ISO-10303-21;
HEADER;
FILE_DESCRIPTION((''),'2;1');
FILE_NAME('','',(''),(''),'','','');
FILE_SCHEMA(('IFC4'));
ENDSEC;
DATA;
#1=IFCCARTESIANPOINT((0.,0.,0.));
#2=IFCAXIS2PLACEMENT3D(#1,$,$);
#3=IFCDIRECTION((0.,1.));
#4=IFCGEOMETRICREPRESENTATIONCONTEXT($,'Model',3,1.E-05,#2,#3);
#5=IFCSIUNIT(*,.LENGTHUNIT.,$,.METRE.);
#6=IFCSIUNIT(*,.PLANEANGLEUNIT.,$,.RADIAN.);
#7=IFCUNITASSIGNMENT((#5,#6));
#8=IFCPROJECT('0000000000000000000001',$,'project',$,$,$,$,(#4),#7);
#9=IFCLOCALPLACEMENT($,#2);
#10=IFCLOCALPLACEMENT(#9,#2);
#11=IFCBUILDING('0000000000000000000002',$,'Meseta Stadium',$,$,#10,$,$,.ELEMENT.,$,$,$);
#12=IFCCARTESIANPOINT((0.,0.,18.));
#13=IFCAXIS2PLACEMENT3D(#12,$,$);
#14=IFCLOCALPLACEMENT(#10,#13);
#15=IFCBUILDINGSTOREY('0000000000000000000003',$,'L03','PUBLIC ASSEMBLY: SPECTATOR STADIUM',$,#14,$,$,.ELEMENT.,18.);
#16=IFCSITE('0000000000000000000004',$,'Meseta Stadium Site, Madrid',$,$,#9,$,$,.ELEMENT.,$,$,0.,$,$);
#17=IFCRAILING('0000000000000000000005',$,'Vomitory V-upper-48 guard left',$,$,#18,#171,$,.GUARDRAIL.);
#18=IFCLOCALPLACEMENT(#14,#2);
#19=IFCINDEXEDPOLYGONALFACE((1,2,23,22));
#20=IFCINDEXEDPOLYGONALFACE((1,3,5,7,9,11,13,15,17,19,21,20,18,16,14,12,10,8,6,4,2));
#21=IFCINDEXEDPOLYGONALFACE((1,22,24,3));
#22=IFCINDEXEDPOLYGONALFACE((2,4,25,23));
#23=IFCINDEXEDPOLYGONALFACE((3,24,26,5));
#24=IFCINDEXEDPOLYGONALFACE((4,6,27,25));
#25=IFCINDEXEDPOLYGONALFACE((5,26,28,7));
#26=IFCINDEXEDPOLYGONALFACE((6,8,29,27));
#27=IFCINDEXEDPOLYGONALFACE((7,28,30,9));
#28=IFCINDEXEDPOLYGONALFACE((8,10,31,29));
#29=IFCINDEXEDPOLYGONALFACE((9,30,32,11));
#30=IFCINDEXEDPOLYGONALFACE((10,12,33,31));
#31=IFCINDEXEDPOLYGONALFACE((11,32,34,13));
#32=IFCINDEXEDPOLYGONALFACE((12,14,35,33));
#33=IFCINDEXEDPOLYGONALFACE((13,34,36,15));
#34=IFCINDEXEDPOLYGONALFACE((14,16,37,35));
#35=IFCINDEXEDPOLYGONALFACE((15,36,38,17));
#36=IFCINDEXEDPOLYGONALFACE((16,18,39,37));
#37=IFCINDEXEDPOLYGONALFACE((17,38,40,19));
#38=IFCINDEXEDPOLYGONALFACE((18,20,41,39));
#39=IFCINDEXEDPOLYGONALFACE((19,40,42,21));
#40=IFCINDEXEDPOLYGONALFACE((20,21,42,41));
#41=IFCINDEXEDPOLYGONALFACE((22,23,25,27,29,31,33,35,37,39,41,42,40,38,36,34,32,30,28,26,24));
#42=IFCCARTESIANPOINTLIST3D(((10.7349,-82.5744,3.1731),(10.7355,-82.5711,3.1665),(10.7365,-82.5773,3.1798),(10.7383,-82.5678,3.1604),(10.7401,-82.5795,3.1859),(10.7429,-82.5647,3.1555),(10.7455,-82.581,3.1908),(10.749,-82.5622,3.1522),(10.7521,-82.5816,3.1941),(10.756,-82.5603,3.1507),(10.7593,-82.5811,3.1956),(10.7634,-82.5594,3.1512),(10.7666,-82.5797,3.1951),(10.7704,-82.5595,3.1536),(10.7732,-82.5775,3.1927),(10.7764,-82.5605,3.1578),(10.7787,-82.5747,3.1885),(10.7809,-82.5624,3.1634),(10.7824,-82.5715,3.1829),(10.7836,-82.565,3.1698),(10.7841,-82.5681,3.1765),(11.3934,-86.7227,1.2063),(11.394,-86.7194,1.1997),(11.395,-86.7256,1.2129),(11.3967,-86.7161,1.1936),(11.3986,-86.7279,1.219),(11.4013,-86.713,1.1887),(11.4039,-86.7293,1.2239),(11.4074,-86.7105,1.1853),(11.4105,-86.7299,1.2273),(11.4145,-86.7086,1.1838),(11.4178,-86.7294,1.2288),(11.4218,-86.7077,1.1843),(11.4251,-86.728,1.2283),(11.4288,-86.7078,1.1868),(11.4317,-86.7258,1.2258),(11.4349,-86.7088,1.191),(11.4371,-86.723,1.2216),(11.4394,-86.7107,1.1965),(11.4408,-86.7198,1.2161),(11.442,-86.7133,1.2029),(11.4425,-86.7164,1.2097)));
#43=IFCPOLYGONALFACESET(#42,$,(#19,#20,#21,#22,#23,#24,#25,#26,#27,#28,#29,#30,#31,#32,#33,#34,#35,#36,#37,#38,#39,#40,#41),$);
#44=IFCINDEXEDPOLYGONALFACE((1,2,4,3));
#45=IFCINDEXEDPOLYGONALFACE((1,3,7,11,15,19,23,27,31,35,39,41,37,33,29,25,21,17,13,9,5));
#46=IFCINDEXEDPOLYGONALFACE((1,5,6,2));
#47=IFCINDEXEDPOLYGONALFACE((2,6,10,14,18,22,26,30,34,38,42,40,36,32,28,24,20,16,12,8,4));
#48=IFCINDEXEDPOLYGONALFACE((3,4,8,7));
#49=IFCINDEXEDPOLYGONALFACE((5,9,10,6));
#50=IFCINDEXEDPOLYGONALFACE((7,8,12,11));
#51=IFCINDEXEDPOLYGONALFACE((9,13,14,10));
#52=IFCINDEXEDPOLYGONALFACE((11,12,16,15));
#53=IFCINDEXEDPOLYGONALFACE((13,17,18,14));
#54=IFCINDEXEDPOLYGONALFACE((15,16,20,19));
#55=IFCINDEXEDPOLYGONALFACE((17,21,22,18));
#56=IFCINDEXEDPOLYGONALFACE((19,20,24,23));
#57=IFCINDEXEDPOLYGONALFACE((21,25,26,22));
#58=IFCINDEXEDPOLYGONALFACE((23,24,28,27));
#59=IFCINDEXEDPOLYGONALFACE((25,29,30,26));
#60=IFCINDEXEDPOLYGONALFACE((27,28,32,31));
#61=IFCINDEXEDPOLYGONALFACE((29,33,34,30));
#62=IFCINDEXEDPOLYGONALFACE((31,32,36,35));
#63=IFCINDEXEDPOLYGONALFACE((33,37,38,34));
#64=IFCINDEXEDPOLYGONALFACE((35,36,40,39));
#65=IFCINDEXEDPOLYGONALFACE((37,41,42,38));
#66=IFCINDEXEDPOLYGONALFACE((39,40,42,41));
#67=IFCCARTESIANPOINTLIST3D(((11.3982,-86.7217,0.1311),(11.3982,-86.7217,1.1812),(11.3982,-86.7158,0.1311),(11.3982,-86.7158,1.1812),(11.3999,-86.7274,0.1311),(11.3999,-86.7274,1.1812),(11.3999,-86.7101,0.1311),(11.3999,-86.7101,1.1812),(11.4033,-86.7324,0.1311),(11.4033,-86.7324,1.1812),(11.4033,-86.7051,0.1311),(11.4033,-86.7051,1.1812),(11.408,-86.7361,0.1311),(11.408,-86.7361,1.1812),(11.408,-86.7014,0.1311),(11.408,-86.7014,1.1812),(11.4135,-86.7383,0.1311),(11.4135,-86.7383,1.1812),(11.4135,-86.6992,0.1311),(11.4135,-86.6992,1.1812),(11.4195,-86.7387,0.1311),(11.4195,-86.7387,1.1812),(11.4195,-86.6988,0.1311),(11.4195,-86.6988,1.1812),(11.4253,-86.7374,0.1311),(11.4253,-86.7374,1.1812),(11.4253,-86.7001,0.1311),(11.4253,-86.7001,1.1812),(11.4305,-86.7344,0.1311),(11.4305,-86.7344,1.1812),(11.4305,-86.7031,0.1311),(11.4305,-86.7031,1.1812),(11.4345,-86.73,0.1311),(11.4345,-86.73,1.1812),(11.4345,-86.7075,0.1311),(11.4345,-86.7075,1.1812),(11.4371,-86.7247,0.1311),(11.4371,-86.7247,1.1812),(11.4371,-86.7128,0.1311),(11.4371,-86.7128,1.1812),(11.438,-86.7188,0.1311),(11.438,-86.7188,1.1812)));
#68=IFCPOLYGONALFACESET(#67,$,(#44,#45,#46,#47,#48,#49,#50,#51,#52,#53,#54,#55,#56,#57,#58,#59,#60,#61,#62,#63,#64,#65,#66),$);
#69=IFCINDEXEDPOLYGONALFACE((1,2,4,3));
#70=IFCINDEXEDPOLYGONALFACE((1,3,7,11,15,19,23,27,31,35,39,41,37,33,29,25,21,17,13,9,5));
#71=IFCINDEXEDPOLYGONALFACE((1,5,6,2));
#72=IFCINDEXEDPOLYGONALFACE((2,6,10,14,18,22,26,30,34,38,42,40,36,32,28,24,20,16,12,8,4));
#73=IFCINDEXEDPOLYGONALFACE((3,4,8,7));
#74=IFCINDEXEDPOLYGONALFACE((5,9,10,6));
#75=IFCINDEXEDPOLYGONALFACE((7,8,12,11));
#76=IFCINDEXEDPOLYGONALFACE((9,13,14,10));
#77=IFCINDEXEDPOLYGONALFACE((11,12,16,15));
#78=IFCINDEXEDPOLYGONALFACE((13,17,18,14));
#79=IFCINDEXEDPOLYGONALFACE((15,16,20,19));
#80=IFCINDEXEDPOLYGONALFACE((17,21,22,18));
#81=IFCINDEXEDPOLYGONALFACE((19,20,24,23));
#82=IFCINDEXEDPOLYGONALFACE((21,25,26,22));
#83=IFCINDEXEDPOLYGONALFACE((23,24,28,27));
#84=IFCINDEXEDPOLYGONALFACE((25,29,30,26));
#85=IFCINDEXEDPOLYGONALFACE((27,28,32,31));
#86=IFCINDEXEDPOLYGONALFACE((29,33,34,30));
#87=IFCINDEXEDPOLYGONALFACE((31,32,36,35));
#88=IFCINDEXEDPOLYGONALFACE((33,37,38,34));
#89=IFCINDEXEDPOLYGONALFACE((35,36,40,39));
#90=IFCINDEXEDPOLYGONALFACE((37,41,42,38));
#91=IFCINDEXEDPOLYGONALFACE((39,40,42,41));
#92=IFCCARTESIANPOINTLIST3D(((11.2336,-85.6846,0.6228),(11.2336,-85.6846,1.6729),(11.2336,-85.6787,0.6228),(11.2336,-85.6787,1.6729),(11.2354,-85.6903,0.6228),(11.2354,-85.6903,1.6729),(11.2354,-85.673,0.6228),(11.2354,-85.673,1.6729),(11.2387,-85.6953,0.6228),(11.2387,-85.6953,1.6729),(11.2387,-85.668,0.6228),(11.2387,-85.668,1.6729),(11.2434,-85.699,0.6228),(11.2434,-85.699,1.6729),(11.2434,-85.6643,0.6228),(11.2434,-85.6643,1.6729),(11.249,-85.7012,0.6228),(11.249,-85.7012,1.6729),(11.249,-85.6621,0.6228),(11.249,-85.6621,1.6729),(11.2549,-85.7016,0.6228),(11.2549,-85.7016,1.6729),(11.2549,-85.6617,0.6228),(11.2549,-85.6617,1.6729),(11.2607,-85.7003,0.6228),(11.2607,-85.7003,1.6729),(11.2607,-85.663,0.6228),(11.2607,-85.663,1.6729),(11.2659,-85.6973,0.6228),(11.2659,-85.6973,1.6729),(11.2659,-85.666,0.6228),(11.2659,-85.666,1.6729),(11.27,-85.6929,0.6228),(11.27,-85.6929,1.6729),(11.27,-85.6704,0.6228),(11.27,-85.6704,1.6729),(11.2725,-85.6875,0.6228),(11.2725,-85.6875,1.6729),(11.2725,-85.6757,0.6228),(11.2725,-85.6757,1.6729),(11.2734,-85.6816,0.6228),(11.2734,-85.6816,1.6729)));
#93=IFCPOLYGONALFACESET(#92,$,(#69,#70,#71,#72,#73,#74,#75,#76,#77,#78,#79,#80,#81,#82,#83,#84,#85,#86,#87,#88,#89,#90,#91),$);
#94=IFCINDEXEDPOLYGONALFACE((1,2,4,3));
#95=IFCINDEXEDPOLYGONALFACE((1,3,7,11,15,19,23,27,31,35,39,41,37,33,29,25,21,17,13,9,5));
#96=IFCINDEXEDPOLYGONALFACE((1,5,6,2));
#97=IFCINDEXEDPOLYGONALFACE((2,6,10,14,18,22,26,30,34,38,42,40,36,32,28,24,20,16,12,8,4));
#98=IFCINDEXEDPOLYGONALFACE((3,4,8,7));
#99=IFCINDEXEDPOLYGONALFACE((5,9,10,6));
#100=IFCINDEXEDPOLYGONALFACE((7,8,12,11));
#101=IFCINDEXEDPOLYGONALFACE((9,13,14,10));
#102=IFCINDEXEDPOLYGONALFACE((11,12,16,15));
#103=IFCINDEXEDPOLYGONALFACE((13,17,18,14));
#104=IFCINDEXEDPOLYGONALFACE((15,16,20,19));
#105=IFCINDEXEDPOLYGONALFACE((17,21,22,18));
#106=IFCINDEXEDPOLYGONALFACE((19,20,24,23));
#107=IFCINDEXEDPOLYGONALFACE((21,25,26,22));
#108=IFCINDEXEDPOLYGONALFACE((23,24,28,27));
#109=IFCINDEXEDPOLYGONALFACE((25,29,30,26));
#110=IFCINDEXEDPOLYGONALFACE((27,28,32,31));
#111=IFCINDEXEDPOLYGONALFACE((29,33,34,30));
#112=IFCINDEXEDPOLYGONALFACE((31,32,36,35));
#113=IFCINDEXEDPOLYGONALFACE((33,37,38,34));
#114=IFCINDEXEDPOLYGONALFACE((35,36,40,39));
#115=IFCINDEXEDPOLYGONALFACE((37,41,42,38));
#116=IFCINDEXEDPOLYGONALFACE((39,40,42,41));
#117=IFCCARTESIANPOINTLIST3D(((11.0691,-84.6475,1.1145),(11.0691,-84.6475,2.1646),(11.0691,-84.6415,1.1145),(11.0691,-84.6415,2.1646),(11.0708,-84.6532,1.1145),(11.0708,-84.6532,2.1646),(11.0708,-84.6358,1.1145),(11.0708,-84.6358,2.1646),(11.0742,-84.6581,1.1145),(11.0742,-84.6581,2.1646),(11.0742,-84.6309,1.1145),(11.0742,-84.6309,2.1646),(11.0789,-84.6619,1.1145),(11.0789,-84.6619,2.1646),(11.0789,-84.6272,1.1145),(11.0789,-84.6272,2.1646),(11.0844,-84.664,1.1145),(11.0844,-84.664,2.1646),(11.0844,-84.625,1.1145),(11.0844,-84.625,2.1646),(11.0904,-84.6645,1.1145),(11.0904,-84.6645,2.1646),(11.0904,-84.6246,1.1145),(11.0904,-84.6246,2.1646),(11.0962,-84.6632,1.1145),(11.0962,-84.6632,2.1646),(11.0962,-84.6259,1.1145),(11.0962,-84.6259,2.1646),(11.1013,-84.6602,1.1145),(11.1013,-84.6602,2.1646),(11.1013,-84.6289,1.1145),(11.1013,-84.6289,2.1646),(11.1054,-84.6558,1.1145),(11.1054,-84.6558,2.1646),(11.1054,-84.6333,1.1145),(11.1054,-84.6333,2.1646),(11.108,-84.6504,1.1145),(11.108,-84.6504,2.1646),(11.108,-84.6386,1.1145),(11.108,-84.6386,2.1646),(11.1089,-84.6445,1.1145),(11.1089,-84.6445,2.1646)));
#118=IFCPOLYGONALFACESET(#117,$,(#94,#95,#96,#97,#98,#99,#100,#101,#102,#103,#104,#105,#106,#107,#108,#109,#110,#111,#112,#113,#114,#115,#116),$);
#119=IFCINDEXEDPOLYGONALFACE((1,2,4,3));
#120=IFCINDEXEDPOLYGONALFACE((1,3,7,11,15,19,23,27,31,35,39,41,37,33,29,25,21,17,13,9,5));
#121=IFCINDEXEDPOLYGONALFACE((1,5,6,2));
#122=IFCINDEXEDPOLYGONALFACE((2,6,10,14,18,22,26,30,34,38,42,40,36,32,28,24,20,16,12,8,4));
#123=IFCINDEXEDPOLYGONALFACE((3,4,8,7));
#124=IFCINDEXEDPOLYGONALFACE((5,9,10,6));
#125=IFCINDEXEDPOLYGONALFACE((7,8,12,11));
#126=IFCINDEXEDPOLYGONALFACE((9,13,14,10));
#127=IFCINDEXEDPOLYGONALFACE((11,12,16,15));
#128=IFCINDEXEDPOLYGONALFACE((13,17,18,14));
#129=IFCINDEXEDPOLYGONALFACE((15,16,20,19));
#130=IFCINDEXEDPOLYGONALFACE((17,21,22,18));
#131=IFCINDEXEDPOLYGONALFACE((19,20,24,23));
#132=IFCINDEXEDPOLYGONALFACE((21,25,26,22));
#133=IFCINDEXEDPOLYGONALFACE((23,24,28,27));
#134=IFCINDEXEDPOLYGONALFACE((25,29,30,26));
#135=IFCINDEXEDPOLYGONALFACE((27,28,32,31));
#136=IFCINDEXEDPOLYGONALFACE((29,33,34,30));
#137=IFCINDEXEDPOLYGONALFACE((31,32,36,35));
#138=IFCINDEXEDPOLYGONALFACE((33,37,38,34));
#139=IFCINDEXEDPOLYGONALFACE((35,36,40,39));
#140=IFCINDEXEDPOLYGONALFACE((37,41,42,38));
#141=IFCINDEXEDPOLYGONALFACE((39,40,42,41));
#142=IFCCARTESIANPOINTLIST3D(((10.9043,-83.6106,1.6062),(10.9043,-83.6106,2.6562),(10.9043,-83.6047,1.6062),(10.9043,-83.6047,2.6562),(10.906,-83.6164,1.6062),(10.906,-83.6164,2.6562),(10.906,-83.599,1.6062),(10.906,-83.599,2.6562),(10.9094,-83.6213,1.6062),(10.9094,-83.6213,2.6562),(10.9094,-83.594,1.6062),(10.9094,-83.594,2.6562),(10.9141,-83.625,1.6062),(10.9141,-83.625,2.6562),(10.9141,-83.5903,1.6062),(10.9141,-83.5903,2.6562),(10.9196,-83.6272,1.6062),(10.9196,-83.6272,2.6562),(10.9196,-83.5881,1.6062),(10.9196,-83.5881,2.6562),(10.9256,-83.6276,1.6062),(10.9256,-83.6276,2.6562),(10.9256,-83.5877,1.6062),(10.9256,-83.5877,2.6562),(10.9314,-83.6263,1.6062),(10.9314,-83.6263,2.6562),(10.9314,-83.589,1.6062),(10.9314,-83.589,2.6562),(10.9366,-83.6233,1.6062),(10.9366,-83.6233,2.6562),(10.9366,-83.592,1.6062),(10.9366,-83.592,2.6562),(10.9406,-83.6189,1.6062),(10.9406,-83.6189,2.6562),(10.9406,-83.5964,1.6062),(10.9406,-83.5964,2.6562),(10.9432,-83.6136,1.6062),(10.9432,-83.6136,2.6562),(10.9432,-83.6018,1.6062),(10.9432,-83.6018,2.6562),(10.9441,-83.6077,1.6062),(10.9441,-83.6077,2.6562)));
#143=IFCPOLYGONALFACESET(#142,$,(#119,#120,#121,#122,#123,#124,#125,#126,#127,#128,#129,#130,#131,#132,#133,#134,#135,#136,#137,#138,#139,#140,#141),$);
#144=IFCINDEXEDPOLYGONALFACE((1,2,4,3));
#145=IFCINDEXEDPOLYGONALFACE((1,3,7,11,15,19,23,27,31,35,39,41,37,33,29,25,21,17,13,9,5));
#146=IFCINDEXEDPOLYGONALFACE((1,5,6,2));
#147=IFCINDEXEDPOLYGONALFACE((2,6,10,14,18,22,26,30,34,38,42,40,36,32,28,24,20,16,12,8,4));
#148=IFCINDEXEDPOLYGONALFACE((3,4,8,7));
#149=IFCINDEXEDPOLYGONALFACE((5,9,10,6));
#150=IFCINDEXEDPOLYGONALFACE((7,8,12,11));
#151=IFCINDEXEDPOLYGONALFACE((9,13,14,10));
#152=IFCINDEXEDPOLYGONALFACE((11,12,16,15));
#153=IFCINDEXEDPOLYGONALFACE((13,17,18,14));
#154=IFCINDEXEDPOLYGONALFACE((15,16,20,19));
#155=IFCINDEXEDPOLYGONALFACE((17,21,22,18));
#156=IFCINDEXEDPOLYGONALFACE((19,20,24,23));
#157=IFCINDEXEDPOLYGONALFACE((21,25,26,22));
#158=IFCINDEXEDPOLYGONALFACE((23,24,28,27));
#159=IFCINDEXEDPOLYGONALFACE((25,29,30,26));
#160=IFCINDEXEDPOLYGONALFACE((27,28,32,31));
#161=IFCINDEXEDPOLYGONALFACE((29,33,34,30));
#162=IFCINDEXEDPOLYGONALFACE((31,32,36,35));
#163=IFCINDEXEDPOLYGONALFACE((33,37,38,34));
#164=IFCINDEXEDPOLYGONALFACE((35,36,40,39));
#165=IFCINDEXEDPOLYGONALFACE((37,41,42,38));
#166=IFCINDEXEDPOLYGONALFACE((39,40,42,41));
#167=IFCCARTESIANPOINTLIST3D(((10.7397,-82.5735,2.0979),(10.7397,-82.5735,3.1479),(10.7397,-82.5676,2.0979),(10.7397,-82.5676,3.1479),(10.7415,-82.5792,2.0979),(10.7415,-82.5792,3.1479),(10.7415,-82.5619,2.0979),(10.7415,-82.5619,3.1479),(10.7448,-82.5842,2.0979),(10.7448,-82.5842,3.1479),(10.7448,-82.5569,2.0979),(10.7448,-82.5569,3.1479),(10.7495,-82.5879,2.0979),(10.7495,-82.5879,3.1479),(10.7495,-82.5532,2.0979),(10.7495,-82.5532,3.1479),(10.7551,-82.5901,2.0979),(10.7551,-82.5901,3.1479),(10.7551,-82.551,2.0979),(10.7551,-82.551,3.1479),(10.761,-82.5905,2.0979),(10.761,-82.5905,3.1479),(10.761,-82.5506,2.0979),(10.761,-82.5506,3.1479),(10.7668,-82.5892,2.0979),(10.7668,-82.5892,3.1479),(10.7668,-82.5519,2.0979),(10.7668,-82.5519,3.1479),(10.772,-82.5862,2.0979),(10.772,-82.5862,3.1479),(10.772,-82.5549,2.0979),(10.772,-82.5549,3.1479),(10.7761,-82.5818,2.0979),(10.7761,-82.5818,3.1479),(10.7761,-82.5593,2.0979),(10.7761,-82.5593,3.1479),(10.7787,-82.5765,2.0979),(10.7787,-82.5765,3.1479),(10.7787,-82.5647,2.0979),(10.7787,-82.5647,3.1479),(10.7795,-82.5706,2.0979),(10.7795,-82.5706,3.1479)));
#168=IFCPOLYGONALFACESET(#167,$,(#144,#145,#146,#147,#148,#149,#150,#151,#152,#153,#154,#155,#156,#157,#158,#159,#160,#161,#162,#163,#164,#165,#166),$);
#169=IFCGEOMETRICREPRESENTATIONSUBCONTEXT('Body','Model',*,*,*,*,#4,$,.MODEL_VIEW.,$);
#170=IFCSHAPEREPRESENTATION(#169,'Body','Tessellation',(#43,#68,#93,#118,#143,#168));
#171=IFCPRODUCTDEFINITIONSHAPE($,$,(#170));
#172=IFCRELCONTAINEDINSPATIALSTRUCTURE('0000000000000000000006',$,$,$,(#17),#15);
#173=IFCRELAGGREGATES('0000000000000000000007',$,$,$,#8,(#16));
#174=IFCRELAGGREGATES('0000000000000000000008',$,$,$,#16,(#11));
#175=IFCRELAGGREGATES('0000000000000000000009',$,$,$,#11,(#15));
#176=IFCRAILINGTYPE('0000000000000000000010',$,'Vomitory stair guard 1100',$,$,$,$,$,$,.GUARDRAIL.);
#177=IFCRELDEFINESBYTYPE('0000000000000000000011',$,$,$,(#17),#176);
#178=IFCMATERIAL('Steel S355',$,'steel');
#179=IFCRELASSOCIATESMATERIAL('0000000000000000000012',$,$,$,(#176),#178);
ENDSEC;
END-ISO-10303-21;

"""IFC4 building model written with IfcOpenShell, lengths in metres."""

from ifc_helpers import new_model, si_unit, direction, frame, origin, origin_2d, place, context, subcontext, project, spatial, circle, extrude, material, type_object, element, save


model = new_model("IFC4")

# Units and contexts
model_context = context("Model", 3, precision=1e-05, world=origin(), true_north=direction((0.0, 1.0)))
body_context = subcontext(model_context, "Body", "Model", "MODEL_VIEW")
ifc_project = project(units=[si_unit("LENGTHUNIT", "METRE"), si_unit("PLANEANGLEUNIT", "RADIAN")], contexts=[model_context])

# Site, building, storey
site_placement = place(None, origin())
site = spatial("IfcSite", under=ifc_project, at=site_placement, Name="Meseta Stadium Site, Madrid", CompositionType="ELEMENT", RefElevation=0.0)
building_placement = place(site_placement, origin())
building = spatial("IfcBuilding", under=site, at=building_placement, Name="Meseta Stadium", CompositionType="ELEMENT")
storey_placement = place(building_placement, frame((0.0, 0.0, 18.0)))
storey = spatial("IfcBuildingStorey", under=building, at=storey_placement, Name="L03", Description="PUBLIC ASSEMBLY: SPECTATOR STADIUM", CompositionType="ELEMENT", Elevation=18.0)

# Railing
ifc_material_1 = material(Name="Steel S355", Category="steel")
railing_type_1 = type_object("IfcRailingType", Name="Vomitory stair guard 1100", PredefinedType="GUARDRAIL", material=ifc_material_1)
for number, where, name in (
    (1, (11.418, -86.7188, 0.1311), "Vomitory V-upper-48 guard left"),
):
    element("IfcRailing", number, at=place(storey_placement, frame(where)), inside=storey, type_object=railing_type_1, Name=name, PredefinedType="GUARDRAIL", context=body_context, shape_type="SweptSolid", body=[
        extrude(circle(Radius=0.0249, at=origin_2d()), frame((0.0, 0.0, 1.0752), z_axis=(-0.141974, 0.894428, 0.424078), x_axis=(-0.987635, -0.156768, 0.0)), (0.0, 0.0, 1.0), 4.6379),
        extrude(circle(Radius=0.02, at=origin_2d()), origin(), (0.0, 0.0, 1.0), 1.05),
        extrude(circle(Radius=0.02, at=origin_2d()), frame((-0.1646, 1.0371, 0.4917)), (0.0, 0.0, 1.0), 1.05),
        extrude(circle(Radius=0.02, at=origin_2d()), frame((-0.3291, 2.0742, 0.9834)), (0.0, 0.0, 1.0), 1.05),
        extrude(circle(Radius=0.02, at=origin_2d()), frame((-0.4939, 3.1111, 1.4751)), (0.0, 0.0, 1.0), 1.05),
        extrude(circle(Radius=0.02, at=origin_2d()), frame((-0.6584, 4.1482, 1.9668)), (0.0, 0.0, 1.0), 1.05),
    ])

save(model, "model.ifc")
